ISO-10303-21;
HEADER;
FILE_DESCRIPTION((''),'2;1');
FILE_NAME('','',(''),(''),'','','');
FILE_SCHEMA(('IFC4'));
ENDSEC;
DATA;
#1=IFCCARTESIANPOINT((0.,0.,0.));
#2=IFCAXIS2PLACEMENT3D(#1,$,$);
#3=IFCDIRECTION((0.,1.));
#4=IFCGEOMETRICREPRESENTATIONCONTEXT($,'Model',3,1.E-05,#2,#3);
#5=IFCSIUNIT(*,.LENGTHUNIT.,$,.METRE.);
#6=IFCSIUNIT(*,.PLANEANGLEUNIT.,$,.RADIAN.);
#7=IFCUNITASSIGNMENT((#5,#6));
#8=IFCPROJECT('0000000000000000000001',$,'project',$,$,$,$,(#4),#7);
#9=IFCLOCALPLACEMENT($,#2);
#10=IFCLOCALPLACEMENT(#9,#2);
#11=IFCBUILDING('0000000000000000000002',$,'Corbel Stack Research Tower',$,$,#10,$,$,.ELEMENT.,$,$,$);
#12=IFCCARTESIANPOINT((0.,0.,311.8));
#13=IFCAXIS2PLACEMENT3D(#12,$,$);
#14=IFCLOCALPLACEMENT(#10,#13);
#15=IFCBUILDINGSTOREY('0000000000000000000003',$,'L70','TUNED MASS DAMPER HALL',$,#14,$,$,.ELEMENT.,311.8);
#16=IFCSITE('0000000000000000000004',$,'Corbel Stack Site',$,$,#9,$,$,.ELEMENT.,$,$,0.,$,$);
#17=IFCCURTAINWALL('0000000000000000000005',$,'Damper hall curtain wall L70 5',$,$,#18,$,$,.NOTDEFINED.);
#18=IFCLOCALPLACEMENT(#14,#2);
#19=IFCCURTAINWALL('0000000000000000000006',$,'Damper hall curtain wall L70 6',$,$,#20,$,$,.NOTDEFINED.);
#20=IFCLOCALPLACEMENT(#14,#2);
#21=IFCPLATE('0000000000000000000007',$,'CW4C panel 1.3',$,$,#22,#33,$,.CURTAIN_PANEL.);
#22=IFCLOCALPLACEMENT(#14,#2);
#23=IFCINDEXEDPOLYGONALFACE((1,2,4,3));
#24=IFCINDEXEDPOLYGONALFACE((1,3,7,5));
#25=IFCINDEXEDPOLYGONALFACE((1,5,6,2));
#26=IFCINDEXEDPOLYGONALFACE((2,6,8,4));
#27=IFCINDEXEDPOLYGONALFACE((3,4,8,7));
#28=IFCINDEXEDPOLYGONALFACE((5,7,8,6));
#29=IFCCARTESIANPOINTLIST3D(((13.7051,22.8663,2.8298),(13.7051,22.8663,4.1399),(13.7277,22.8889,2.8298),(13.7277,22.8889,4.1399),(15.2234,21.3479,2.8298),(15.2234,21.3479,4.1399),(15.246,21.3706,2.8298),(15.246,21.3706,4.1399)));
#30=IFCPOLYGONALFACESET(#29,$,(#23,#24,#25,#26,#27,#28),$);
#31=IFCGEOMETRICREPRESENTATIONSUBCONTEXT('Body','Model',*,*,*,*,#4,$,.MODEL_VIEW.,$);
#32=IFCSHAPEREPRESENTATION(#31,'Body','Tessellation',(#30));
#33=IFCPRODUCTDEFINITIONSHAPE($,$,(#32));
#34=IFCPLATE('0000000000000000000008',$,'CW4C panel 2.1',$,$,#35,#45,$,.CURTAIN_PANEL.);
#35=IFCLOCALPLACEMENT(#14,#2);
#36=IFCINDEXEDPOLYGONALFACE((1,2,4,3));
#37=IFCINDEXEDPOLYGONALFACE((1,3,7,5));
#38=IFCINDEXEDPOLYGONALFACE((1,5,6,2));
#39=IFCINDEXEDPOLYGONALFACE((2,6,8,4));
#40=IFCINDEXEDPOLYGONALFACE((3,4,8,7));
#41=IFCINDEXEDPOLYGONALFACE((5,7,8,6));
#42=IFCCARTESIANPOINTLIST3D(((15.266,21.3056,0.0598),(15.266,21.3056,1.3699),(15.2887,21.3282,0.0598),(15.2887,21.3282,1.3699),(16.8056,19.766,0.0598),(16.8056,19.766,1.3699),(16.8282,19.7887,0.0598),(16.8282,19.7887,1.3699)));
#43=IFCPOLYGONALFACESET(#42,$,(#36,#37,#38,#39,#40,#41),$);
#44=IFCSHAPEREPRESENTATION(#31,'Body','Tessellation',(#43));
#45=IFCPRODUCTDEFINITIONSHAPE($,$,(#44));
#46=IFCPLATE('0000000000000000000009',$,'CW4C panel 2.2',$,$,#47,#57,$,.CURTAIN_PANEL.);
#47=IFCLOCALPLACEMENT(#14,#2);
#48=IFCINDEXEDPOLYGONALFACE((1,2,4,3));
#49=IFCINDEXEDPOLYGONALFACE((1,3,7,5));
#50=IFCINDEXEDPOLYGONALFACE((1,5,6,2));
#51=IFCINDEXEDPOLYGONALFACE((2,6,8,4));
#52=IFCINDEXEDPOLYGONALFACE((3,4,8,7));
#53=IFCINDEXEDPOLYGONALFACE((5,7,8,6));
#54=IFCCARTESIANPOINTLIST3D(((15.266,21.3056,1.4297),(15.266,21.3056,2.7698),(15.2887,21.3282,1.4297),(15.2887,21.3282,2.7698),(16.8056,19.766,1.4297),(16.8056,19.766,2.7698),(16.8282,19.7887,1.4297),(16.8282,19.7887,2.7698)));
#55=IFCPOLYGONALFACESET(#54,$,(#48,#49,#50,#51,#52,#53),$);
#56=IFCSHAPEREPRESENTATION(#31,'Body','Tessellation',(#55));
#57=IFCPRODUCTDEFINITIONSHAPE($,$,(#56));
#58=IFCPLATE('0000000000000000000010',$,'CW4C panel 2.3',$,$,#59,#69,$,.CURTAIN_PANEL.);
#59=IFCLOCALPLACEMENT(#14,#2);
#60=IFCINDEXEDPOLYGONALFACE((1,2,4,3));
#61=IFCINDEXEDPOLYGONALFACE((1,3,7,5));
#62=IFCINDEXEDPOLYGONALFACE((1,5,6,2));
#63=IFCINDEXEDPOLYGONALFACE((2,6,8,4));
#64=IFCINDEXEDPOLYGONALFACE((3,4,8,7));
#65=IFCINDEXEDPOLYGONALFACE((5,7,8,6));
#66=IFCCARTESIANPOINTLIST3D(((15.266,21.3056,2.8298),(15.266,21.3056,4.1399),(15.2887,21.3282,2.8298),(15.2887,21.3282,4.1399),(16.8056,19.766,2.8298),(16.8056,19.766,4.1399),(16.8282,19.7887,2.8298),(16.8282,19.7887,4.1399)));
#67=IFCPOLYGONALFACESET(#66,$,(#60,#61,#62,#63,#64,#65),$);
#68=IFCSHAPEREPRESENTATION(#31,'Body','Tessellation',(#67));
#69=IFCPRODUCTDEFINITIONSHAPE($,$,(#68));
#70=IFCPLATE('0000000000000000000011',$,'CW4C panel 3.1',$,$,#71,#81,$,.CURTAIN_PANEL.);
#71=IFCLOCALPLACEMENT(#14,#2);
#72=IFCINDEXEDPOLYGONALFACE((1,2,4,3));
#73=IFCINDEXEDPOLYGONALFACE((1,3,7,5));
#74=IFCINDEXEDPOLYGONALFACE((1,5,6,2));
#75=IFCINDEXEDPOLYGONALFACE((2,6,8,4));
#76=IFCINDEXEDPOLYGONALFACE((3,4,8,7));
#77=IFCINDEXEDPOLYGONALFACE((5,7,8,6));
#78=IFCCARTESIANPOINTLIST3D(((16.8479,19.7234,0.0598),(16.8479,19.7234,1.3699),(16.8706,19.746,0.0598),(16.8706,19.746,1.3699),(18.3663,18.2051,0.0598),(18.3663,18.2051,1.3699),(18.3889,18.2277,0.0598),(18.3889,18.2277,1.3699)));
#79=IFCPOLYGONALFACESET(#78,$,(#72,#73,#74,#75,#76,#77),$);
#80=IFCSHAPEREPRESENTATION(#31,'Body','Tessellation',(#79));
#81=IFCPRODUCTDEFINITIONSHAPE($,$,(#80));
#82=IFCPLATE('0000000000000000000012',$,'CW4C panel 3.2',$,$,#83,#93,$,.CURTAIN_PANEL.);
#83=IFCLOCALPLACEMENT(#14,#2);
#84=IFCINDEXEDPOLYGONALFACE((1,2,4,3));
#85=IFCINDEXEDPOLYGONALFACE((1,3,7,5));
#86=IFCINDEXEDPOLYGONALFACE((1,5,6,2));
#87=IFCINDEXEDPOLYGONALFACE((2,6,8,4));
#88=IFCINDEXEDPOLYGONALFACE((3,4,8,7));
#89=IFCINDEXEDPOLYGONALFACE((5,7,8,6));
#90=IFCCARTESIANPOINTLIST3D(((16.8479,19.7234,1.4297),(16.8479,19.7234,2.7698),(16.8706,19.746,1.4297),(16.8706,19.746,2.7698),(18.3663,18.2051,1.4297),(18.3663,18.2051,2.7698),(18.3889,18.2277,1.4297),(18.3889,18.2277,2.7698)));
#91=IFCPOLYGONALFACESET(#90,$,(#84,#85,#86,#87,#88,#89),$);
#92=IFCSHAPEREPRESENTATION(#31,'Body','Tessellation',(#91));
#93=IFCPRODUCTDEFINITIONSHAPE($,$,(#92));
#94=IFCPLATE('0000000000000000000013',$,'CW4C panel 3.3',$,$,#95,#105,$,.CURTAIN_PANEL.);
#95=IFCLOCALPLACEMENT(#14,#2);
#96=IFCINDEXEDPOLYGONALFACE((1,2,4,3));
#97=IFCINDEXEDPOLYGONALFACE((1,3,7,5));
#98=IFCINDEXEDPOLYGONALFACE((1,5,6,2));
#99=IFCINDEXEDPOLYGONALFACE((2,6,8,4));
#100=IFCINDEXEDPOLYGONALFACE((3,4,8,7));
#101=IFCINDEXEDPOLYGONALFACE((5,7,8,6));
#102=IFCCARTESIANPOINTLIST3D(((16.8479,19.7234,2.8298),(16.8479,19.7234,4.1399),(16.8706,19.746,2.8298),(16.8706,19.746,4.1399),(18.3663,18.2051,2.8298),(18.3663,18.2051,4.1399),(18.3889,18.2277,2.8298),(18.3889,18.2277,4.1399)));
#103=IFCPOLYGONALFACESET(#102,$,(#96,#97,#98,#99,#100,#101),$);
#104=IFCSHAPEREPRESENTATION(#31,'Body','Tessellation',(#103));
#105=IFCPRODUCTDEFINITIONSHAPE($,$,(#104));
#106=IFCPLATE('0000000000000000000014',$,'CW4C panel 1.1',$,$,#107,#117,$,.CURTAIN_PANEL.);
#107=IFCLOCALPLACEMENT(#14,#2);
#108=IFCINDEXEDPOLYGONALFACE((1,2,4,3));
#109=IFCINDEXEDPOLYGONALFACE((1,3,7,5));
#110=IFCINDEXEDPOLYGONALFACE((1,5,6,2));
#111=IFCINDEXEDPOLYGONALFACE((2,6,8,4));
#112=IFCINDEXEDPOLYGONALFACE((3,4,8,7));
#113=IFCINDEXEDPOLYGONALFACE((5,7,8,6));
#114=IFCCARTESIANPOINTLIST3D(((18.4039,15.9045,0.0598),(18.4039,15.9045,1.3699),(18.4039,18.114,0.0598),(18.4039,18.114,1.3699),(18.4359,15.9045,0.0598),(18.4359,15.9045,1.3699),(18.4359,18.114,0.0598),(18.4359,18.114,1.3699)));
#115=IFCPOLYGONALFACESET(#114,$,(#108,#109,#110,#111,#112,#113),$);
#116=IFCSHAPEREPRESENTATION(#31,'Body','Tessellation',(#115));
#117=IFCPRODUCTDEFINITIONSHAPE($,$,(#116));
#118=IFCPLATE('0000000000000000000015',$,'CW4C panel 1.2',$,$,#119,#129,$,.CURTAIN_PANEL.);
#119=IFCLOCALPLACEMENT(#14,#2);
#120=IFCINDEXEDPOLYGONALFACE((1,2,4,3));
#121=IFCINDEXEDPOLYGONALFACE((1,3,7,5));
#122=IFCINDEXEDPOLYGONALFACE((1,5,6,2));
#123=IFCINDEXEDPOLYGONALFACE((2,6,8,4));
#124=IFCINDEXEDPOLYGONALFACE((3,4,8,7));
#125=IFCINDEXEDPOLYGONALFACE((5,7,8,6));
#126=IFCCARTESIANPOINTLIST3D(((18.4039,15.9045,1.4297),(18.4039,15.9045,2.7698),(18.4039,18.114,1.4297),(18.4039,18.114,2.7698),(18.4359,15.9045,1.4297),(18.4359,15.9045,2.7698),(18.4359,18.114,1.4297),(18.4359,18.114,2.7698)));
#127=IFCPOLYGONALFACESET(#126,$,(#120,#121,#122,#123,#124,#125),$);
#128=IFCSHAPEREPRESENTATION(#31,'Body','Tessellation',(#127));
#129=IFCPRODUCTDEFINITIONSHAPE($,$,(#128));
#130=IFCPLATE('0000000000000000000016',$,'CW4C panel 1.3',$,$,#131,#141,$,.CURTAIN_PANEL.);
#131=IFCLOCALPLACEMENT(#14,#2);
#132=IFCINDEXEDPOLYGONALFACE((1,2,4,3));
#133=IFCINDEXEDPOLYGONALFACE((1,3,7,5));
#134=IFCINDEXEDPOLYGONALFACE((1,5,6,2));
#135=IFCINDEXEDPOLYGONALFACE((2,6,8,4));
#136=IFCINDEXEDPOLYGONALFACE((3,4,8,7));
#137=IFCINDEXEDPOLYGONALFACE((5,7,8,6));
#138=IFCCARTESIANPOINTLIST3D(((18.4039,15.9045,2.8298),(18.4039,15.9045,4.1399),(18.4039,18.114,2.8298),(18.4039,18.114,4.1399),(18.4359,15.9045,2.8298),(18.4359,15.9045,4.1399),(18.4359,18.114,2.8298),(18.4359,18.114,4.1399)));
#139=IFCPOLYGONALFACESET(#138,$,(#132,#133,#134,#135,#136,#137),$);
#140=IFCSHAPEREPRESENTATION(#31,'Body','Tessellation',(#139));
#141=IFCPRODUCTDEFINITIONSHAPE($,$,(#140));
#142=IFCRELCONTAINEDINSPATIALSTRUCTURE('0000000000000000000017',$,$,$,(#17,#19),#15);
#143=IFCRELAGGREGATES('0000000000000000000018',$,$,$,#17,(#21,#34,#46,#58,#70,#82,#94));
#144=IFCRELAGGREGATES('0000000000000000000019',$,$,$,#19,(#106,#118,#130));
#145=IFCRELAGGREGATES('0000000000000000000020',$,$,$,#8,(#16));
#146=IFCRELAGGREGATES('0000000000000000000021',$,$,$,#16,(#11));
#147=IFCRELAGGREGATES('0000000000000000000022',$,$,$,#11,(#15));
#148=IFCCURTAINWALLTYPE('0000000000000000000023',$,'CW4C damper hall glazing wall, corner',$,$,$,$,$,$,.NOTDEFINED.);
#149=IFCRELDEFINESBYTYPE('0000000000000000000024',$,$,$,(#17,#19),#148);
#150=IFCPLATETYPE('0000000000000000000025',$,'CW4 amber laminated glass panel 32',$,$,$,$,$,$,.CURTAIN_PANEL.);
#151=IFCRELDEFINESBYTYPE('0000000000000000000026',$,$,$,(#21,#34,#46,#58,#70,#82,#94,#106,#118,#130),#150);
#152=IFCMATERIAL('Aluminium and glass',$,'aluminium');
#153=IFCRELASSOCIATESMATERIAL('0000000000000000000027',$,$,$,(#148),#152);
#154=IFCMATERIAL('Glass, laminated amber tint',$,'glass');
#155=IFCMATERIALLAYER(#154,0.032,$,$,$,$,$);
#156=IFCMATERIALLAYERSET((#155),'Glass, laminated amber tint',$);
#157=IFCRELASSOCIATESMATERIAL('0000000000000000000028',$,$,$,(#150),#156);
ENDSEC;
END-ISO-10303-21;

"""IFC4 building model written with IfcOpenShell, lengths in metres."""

from ifc_helpers import new_model, si_unit, direction, frame, origin, origin_2d, place, context, subcontext, project, spatial, rectangle, extrude, material, layer, layer_set, type_object, element, aggregate, save


model = new_model("IFC4")

# Units and contexts
model_context = context("Model", 3, precision=1e-05, world=origin(), true_north=direction((0.0, 1.0)))
body_context = subcontext(model_context, "Body", "Model", "MODEL_VIEW")
ifc_project = project(units=[si_unit("LENGTHUNIT", "METRE"), si_unit("PLANEANGLEUNIT", "RADIAN")], contexts=[model_context])

# Site, building, storey
site_placement = place(None, origin())
site = spatial("IfcSite", under=ifc_project, at=site_placement, Name="Corbel Stack Site", CompositionType="ELEMENT", RefElevation=0.0)
building_placement = place(site_placement, origin())
building = spatial("IfcBuilding", under=site, at=building_placement, Name="Corbel Stack Research Tower", CompositionType="ELEMENT")
storey_placement = place(building_placement, frame((0.0, 0.0, 311.8)))
storey = spatial("IfcBuildingStorey", under=building, at=storey_placement, Name="L70", Description="TUNED MASS DAMPER HALL", CompositionType="ELEMENT", Elevation=311.8)

# Shared definitions
ifc_material_1 = material(Name="Aluminium and glass", Category="aluminium")
curtain_wall_type = type_object("IfcCurtainWallType", Name="CW4C damper hall glazing wall, corner", PredefinedType="NOTDEFINED", material=ifc_material_1)

# Curtain walls
curtain_wall_1_placement = place(storey_placement, origin())
curtain_wall_1 = element("IfcCurtainWall", 1, at=curtain_wall_1_placement, inside=storey, type_object=curtain_wall_type, Name="Damper hall curtain wall L70 5", PredefinedType="NOTDEFINED")
curtain_wall_2_placement = place(storey_placement, origin())
curtain_wall_2 = element("IfcCurtainWall", 2, at=curtain_wall_2_placement, inside=storey, type_object=curtain_wall_type, Name="Damper hall curtain wall L70 6", PredefinedType="NOTDEFINED")

# Plates
ifc_material_2 = material(Name="Glass, laminated amber tint", Category="glass")
ifc_layer = layer(ifc_material_2, 0.032)
ifc_layer_set = layer_set([ifc_layer], Name="Glass, laminated amber tint")
plate_type = type_object("IfcPlateType", Name="CW4 amber laminated glass panel 32", PredefinedType="CURTAIN_PANEL", material=ifc_layer_set)
plate_1_placement = place(storey_placement, frame((14.4756, 22.1184, 2.8298), z_axis=(0.0, 0.0, 1.0), x_axis=(0.707107, -0.707107, 0.0)))
plate_1 = element("IfcPlate", 3, at=plate_1_placement, type_object=plate_type, Name="CW4C panel 1.3", PredefinedType="CURTAIN_PANEL", context=body_context, shape_type="SweptSolid", body=[
    extrude(rectangle(XDim=2.1472, YDim=0.032, at=origin_2d()), origin(), (0.0, 0.0, 1.0), 1.3101),
])
plate_2_placement = place(storey_placement, frame((16.0471, 20.5471, 0.0598), z_axis=(0.0, 0.0, 1.0), x_axis=(0.707107, -0.707107, 0.0)))
plate_2 = element("IfcPlate", 4, at=plate_2_placement, type_object=plate_type, Name="CW4C panel 2.1", PredefinedType="CURTAIN_PANEL", context=body_context, shape_type="SweptSolid", body=[
    extrude(rectangle(XDim=2.1772, YDim=0.032, at=origin_2d()), origin(), (0.0, 0.0, 1.0), 1.3101),
])
plate_3_placement = place(storey_placement, frame((16.0471, 20.5471, 1.4297), z_axis=(0.0, 0.0, 1.0), x_axis=(0.707107, -0.707107, 0.0)))
plate_3 = element("IfcPlate", 5, at=plate_3_placement, type_object=plate_type, Name="CW4C panel 2.2", PredefinedType="CURTAIN_PANEL", context=body_context, shape_type="SweptSolid", body=[
    extrude(rectangle(XDim=2.1772, YDim=0.032, at=origin_2d()), origin(), (0.0, 0.0, 1.0), 1.3401),
])
plate_4_placement = place(storey_placement, frame((16.0471, 20.5471, 2.8298), z_axis=(0.0, 0.0, 1.0), x_axis=(0.707107, -0.707107, 0.0)))
plate_4 = element("IfcPlate", 6, at=plate_4_placement, type_object=plate_type, Name="CW4C panel 2.3", PredefinedType="CURTAIN_PANEL", context=body_context, shape_type="SweptSolid", body=[
    extrude(rectangle(XDim=2.1772, YDim=0.032, at=origin_2d()), origin(), (0.0, 0.0, 1.0), 1.3101),
])
plate_5_placement = place(storey_placement, frame((17.6184, 18.9756, 0.0598), z_axis=(0.0, 0.0, 1.0), x_axis=(0.707107, -0.707107, 0.0)))
plate_5 = element("IfcPlate", 7, at=plate_5_placement, type_object=plate_type, Name="CW4C panel 3.1", PredefinedType="CURTAIN_PANEL", context=body_context, shape_type="SweptSolid", body=[
    extrude(rectangle(XDim=2.1472, YDim=0.032, at=origin_2d()), origin(), (0.0, 0.0, 1.0), 1.3101),
])
plate_6_placement = place(storey_placement, frame((17.6184, 18.9756, 1.4297), z_axis=(0.0, 0.0, 1.0), x_axis=(0.707107, -0.707107, 0.0)))
plate_6 = element("IfcPlate", 8, at=plate_6_placement, type_object=plate_type, Name="CW4C panel 3.2", PredefinedType="CURTAIN_PANEL", context=body_context, shape_type="SweptSolid", body=[
    extrude(rectangle(XDim=2.1472, YDim=0.032, at=origin_2d()), origin(), (0.0, 0.0, 1.0), 1.3401),
])
plate_7_placement = place(storey_placement, frame((17.6184, 18.9756, 2.8298), z_axis=(0.0, 0.0, 1.0), x_axis=(0.707107, -0.707107, 0.0)))
plate_7 = element("IfcPlate", 9, at=plate_7_placement, type_object=plate_type, Name="CW4C panel 3.3", PredefinedType="CURTAIN_PANEL", context=body_context, shape_type="SweptSolid", body=[
    extrude(rectangle(XDim=2.1472, YDim=0.032, at=origin_2d()), origin(), (0.0, 0.0, 1.0), 1.3101),
])
aggregate(curtain_wall_1, [plate_1, plate_2, plate_3, plate_4, plate_5, plate_6, plate_7])
plate_8_placement = place(storey_placement, frame((18.4199, 17.0093, 0.0598), z_axis=(0.0, 0.0, 1.0), x_axis=(0.0, -1.0, 0.0)))
plate_8 = element("IfcPlate", 10, at=plate_8_placement, type_object=plate_type, Name="CW4C panel 1.1", PredefinedType="CURTAIN_PANEL", context=body_context, shape_type="SweptSolid", body=[
    extrude(rectangle(XDim=2.2095, YDim=0.032, at=origin_2d()), origin(), (0.0, 0.0, 1.0), 1.3101),
])
plate_9_placement = place(storey_placement, frame((18.4199, 17.0093, 1.4297), z_axis=(0.0, 0.0, 1.0), x_axis=(0.0, -1.0, 0.0)))
plate_9 = element("IfcPlate", 11, at=plate_9_placement, type_object=plate_type, Name="CW4C panel 1.2", PredefinedType="CURTAIN_PANEL", context=body_context, shape_type="SweptSolid", body=[
    extrude(rectangle(XDim=2.2095, YDim=0.032, at=origin_2d()), origin(), (0.0, 0.0, 1.0), 1.3401),
])
plate_10_placement = place(storey_placement, frame((18.4199, 17.0093, 2.8298), z_axis=(0.0, 0.0, 1.0), x_axis=(0.0, -1.0, 0.0)))
plate_10 = element("IfcPlate", 12, at=plate_10_placement, type_object=plate_type, Name="CW4C panel 1.3", PredefinedType="CURTAIN_PANEL", context=body_context, shape_type="SweptSolid", body=[
    extrude(rectangle(XDim=2.2095, YDim=0.032, at=origin_2d()), origin(), (0.0, 0.0, 1.0), 1.3101),
])
aggregate(curtain_wall_2, [plate_8, plate_9, plate_10])

save(model, "model.ifc")
